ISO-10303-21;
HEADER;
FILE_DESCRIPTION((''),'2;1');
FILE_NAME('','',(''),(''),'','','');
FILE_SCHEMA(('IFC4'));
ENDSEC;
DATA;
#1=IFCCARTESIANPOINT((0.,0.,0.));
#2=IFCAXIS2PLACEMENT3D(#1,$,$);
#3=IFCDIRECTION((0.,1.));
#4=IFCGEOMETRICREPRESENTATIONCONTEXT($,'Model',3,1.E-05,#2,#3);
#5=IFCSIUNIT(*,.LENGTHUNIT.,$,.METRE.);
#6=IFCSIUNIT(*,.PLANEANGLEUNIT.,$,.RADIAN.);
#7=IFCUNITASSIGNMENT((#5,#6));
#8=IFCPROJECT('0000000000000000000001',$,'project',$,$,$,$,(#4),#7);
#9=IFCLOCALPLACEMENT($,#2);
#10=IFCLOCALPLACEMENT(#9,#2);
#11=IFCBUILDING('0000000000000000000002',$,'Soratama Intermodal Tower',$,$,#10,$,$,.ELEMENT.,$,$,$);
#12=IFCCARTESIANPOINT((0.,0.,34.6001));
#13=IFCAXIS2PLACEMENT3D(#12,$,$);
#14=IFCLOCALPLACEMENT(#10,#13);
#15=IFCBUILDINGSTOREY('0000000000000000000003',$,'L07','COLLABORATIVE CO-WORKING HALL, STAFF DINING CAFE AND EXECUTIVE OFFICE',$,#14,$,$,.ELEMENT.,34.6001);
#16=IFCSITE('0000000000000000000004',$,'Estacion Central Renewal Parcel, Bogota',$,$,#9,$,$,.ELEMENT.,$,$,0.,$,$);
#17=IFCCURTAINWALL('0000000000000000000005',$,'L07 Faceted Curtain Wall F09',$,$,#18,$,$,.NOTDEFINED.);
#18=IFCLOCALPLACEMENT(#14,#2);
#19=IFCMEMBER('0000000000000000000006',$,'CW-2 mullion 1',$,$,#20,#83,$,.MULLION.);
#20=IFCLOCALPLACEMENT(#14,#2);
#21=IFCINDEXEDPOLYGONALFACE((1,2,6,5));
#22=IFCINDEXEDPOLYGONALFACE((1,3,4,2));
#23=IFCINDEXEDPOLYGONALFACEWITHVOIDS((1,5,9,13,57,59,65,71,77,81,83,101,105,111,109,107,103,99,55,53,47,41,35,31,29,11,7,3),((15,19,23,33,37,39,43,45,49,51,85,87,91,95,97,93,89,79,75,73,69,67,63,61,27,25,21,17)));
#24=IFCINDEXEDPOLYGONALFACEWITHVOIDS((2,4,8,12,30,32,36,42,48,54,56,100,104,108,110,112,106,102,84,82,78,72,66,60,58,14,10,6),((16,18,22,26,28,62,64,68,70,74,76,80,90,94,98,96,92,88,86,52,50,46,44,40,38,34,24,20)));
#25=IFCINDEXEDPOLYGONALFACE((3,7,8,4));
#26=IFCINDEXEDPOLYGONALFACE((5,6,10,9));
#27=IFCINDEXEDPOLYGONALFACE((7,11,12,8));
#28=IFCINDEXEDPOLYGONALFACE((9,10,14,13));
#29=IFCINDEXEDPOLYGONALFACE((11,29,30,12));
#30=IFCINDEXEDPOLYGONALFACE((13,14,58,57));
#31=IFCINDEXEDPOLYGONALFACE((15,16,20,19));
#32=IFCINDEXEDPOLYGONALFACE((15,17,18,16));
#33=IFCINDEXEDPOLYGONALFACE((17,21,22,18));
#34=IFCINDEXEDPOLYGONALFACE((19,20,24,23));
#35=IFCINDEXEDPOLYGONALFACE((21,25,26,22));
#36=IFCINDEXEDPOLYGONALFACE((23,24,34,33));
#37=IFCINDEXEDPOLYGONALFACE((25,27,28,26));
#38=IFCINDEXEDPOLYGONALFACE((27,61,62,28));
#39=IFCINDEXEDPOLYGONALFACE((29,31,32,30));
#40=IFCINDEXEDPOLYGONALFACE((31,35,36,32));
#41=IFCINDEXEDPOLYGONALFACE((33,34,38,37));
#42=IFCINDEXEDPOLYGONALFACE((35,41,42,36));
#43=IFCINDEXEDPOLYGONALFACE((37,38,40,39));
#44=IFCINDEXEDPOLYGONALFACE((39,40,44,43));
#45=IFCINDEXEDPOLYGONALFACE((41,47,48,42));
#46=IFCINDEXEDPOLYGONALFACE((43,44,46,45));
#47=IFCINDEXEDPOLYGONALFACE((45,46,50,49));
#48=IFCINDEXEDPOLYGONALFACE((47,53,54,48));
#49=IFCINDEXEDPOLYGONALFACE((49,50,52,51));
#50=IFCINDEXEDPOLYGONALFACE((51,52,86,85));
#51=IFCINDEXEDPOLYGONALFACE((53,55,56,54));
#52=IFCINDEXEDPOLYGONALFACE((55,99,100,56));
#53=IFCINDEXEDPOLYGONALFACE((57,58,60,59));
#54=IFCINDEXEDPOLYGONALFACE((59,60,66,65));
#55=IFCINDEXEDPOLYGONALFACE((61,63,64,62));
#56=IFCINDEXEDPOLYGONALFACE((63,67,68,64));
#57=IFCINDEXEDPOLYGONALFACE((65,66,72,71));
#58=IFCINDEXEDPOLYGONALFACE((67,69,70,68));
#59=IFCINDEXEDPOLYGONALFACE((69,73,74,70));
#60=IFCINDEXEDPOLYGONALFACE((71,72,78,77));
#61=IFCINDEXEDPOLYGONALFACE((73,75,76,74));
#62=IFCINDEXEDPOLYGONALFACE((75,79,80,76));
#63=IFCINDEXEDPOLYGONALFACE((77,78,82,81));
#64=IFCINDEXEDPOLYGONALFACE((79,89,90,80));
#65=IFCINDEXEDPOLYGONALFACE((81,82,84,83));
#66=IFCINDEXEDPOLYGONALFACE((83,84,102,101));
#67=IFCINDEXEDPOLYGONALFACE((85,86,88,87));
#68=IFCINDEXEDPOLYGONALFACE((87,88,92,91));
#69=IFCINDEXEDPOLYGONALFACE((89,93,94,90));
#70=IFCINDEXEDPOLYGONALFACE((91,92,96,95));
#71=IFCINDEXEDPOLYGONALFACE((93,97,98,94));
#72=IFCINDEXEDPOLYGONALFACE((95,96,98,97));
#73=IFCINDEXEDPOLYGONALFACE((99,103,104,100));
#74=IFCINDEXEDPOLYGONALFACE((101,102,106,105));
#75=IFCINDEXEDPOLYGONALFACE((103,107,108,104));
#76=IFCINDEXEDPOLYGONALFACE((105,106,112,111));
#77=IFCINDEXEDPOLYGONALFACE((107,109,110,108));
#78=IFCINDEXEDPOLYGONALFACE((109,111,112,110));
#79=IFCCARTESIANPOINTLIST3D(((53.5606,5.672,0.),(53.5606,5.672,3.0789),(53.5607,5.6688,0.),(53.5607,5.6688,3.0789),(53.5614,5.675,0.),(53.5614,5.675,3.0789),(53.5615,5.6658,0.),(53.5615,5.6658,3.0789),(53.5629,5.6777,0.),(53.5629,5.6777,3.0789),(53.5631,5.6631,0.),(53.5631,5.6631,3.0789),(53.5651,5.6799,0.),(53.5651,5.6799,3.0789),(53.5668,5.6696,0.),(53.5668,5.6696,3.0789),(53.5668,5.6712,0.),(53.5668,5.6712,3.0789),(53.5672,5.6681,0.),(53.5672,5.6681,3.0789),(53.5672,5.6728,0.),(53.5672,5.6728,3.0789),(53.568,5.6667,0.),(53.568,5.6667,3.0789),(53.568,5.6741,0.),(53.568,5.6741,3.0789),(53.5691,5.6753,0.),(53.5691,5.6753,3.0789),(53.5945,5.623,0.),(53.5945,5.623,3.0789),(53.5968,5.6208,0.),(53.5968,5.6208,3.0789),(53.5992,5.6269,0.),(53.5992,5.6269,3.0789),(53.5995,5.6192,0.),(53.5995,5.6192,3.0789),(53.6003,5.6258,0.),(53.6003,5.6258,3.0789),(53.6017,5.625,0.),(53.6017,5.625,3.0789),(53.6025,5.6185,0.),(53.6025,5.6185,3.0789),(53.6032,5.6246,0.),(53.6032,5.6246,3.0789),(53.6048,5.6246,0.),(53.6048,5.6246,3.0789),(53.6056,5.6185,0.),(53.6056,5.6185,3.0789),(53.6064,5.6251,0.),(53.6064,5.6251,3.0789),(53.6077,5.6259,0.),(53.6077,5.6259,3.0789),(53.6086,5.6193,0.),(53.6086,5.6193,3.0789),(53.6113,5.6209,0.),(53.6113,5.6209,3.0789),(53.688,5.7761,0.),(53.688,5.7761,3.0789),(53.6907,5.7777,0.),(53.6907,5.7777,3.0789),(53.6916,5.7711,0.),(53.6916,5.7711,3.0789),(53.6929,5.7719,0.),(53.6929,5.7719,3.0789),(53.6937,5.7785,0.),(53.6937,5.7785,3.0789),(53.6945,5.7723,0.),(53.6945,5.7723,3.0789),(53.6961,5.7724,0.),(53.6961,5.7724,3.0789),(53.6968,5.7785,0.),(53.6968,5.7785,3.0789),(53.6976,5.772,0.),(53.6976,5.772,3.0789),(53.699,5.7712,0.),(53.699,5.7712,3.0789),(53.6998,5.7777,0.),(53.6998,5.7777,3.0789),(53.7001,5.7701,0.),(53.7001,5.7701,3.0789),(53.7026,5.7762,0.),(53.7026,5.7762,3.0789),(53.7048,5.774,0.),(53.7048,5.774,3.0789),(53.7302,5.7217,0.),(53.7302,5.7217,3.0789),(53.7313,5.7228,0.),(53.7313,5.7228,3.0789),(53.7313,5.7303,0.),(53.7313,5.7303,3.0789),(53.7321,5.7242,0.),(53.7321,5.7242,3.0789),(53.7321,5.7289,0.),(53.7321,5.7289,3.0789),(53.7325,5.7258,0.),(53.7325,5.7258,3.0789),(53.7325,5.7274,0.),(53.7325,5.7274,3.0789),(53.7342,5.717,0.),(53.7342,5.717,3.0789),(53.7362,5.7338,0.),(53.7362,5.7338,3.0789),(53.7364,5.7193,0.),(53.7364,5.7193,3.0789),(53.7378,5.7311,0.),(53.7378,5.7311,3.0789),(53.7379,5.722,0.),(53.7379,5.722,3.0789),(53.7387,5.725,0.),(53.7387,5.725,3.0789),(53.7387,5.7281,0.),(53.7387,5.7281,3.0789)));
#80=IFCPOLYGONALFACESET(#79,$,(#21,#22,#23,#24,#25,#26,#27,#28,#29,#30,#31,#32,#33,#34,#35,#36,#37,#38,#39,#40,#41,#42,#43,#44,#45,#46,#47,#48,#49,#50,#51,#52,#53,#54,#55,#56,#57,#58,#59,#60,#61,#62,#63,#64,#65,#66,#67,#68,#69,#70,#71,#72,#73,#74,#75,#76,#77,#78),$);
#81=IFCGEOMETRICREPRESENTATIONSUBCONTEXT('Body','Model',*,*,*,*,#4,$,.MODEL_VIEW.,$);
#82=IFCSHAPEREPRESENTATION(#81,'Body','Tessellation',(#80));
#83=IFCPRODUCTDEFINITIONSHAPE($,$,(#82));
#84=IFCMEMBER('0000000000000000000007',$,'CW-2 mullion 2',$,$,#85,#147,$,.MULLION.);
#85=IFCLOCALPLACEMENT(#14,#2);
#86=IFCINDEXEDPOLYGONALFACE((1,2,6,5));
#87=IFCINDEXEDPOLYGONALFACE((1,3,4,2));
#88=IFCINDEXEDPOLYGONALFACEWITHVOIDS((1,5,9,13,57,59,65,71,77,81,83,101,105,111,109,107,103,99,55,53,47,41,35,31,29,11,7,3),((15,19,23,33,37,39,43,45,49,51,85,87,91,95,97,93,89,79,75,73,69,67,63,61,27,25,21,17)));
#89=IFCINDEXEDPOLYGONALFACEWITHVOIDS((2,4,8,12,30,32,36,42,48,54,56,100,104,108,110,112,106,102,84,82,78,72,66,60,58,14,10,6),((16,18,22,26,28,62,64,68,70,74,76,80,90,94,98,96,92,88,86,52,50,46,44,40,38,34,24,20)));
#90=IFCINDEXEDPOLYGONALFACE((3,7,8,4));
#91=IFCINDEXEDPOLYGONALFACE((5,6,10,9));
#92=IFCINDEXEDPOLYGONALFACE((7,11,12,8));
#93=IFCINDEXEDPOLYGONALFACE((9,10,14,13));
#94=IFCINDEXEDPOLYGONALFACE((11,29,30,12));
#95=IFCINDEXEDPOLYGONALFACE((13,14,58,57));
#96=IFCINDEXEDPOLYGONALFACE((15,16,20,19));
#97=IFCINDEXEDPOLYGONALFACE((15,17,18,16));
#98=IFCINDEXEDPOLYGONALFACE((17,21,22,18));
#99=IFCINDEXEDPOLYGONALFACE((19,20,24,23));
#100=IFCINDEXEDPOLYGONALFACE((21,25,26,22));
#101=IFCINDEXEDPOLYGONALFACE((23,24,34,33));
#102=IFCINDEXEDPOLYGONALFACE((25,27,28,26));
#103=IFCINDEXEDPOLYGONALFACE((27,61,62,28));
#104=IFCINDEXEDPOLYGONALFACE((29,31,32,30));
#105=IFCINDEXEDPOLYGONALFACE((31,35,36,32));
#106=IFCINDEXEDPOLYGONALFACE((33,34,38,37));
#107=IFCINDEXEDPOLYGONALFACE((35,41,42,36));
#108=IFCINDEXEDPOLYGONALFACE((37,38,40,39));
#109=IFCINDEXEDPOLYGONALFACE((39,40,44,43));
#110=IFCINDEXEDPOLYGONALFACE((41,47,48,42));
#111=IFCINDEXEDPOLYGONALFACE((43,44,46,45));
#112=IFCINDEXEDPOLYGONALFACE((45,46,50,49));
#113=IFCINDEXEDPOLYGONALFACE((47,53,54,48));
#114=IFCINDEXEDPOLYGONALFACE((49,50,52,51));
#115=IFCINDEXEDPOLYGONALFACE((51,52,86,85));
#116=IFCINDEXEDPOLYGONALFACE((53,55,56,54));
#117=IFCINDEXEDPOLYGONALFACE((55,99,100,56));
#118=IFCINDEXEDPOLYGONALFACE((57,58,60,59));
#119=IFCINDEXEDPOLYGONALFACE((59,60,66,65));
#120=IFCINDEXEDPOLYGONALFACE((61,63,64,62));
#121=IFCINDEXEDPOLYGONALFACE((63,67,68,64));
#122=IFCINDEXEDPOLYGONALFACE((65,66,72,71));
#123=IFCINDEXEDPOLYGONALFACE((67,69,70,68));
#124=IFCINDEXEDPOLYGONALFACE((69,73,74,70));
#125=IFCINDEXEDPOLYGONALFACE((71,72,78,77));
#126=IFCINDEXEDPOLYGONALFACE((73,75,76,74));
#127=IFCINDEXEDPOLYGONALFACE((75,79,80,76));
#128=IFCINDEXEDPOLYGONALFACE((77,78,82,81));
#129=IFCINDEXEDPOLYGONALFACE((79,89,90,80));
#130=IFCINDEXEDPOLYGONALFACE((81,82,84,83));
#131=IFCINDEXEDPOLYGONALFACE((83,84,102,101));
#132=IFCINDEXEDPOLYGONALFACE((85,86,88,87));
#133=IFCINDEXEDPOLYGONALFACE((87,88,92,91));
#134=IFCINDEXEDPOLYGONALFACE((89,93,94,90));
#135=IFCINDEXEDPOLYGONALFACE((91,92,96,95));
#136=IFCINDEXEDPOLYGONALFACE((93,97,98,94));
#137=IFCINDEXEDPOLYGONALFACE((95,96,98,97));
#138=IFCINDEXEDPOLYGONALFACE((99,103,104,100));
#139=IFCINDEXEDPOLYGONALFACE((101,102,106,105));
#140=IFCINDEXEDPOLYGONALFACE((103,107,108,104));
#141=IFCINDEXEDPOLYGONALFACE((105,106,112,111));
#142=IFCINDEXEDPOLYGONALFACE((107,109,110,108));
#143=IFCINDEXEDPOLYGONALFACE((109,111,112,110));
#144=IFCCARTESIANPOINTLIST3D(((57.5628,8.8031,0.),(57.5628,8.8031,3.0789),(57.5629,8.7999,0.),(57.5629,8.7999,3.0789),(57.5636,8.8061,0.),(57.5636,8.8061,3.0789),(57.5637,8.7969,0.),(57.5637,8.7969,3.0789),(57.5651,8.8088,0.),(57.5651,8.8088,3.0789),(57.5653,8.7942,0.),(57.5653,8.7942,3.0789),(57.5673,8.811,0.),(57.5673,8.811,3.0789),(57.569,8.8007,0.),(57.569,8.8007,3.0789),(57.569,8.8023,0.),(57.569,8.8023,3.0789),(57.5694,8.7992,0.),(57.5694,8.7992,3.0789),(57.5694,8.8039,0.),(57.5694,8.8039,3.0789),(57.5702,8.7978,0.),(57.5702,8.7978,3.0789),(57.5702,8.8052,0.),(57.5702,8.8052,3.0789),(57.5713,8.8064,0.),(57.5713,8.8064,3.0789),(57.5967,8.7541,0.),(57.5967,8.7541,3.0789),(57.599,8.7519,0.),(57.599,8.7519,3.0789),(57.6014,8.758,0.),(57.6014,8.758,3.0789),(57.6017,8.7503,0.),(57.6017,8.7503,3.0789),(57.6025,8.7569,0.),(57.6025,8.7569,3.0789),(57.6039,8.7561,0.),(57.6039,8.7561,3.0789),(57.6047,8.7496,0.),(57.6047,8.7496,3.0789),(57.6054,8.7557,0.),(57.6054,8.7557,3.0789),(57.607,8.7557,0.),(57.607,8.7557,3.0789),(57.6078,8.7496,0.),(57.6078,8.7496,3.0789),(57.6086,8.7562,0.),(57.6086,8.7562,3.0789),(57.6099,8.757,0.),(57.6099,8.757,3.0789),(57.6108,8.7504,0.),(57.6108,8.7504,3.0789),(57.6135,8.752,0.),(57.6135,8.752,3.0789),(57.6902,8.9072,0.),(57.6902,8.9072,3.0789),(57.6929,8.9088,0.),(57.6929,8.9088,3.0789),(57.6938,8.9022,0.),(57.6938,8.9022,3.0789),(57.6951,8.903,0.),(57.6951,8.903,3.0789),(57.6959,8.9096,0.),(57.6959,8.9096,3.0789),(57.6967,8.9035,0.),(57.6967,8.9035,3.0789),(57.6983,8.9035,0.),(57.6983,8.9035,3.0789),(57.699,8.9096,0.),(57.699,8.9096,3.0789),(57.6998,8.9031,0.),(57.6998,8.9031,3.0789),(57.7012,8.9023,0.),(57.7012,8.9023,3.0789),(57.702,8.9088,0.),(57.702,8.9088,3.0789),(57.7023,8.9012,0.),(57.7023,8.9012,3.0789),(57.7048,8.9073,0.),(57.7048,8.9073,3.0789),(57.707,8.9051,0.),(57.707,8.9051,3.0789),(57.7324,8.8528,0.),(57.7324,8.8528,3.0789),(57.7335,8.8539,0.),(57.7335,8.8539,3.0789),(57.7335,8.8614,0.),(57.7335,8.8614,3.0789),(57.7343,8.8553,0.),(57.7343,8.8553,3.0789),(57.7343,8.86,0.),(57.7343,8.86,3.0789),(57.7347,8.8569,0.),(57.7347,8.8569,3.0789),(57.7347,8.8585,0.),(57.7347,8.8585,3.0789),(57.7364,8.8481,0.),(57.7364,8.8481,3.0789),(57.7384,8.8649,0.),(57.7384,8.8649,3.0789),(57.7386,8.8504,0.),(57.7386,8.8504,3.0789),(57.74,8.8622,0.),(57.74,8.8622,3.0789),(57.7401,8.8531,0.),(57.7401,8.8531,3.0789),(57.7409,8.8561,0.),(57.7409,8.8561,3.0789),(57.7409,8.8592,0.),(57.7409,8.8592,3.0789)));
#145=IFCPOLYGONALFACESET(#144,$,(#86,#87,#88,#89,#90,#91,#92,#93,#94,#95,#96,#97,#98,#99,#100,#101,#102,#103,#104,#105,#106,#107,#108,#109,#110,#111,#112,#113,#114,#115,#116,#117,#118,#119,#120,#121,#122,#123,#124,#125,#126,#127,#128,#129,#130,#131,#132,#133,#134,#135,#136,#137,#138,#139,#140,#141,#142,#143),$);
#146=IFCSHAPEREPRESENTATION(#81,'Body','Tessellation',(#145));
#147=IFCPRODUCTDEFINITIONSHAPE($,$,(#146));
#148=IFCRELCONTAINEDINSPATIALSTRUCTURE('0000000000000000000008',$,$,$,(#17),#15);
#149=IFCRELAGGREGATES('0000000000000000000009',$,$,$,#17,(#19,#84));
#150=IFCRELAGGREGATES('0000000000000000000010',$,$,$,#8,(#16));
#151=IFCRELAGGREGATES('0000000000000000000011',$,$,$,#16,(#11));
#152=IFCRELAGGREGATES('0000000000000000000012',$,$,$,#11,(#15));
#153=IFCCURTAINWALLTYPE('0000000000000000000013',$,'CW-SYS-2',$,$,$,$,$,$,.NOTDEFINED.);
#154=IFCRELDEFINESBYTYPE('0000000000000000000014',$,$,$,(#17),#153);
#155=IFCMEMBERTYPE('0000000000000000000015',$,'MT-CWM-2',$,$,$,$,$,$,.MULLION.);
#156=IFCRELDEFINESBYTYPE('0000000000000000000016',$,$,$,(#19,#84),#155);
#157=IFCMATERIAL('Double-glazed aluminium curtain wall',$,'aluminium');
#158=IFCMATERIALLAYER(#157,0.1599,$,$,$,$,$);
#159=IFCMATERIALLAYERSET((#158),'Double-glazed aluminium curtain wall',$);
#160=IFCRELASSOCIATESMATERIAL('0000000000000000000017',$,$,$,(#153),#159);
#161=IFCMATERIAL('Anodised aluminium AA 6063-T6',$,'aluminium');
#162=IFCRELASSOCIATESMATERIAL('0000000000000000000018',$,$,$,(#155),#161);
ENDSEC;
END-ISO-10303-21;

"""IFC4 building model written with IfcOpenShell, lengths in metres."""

from ifc_helpers import new_model, si_unit, direction, frame, origin, origin_2d, place, context, subcontext, project, spatial, hollow_rectangle, extrude, material, layer, layer_set, material_profile, profile_set, type_object, element, aggregate, save


model = new_model("IFC4")

# Units and contexts
model_context = context("Model", 3, precision=1e-05, world=origin(), true_north=direction((0.0, 1.0)))
body_context = subcontext(model_context, "Body", "Model", "MODEL_VIEW")
ifc_project = project(units=[si_unit("LENGTHUNIT", "METRE"), si_unit("PLANEANGLEUNIT", "RADIAN")], contexts=[model_context])

# Site, building, storey
site_placement = place(None, origin())
site = spatial("IfcSite", under=ifc_project, at=site_placement, Name="Estacion Central Renewal Parcel, Bogota", CompositionType="ELEMENT", RefElevation=0.0)
building_placement = place(site_placement, origin())
building = spatial("IfcBuilding", under=site, at=building_placement, Name="Soratama Intermodal Tower", CompositionType="ELEMENT")
storey_placement = place(building_placement, frame((0.0, 0.0, 34.6001)))
storey = spatial("IfcBuildingStorey", under=building, at=storey_placement, Name="L07", Description="COLLABORATIVE CO-WORKING HALL, STAFF DINING CAFE AND EXECUTIVE OFFICE", CompositionType="ELEMENT", Elevation=34.6001)

# Curtain wall, members
ifc_material_1 = material(Name="Double-glazed aluminium curtain wall", Category="aluminium")
ifc_layer_1 = layer(ifc_material_1, 0.1599)
ifc_layer_set_1 = layer_set([ifc_layer_1], Name="Double-glazed aluminium curtain wall")
curtain_wall_type = type_object("IfcCurtainWallType", Name="CW-SYS-2", PredefinedType="NOTDEFINED", material=ifc_layer_set_1)
curtain_wall_placement = place(storey_placement, origin())
curtain_wall = element("IfcCurtainWall", 1, at=curtain_wall_placement, inside=storey, type_object=curtain_wall_type, Name="L07 Faceted Curtain Wall F09", PredefinedType="NOTDEFINED")
ifc_material_2 = material(Name="Anodised aluminium AA 6063-T6", Category="aluminium")
ifc_material_profile_1 = material_profile(ifc_material_2, hollow_rectangle(XDim=0.075, YDim=0.1799, WallThickness=0.0061, InnerFilletRadius=0.0061, OuterFilletRadius=0.012, at=origin_2d()), Name="CWM180X75X6")
ifc_profile_set_1 = profile_set([ifc_material_profile_1], Name="Anodised aluminium AA 6063-T6")
member_type_1 = type_object("IfcMemberType", Name="MT-CWM-2", PredefinedType="MULLION", material=ifc_profile_set_1)
member_1_placement = place(storey_placement, frame((53.6497, 5.6985, 0.0), z_axis=(0.0, 0.0, 1.0), x_axis=(-0.616218, 0.787576, 0.0)))
member_1 = element("IfcMember", 2, at=member_1_placement, type_object=member_type_1, Name="CW-2 mullion 1", PredefinedType="MULLION", context=body_context, shape_type="SweptSolid", body=[
    extrude(hollow_rectangle(XDim=0.075, YDim=0.1799, WallThickness=0.0061, InnerFilletRadius=0.0061, OuterFilletRadius=0.012, at=origin_2d()), origin(), (0.0, 0.0, 1.0), 3.0789),
])
member_2_placement = place(storey_placement, frame((57.6519, 8.8296, 0.0), z_axis=(0.0, 0.0, 1.0), x_axis=(-0.616218, 0.787576, 0.0)))
member_2 = element("IfcMember", 3, at=member_2_placement, type_object=member_type_1, Name="CW-2 mullion 2", PredefinedType="MULLION", context=body_context, shape_type="SweptSolid", body=[
    extrude(hollow_rectangle(XDim=0.075, YDim=0.1799, WallThickness=0.0061, InnerFilletRadius=0.0061, OuterFilletRadius=0.012, at=origin_2d()), origin(), (0.0, 0.0, 1.0), 3.0789),
])
aggregate(curtain_wall, [member_1, member_2])

save(model, "model.ifc")
